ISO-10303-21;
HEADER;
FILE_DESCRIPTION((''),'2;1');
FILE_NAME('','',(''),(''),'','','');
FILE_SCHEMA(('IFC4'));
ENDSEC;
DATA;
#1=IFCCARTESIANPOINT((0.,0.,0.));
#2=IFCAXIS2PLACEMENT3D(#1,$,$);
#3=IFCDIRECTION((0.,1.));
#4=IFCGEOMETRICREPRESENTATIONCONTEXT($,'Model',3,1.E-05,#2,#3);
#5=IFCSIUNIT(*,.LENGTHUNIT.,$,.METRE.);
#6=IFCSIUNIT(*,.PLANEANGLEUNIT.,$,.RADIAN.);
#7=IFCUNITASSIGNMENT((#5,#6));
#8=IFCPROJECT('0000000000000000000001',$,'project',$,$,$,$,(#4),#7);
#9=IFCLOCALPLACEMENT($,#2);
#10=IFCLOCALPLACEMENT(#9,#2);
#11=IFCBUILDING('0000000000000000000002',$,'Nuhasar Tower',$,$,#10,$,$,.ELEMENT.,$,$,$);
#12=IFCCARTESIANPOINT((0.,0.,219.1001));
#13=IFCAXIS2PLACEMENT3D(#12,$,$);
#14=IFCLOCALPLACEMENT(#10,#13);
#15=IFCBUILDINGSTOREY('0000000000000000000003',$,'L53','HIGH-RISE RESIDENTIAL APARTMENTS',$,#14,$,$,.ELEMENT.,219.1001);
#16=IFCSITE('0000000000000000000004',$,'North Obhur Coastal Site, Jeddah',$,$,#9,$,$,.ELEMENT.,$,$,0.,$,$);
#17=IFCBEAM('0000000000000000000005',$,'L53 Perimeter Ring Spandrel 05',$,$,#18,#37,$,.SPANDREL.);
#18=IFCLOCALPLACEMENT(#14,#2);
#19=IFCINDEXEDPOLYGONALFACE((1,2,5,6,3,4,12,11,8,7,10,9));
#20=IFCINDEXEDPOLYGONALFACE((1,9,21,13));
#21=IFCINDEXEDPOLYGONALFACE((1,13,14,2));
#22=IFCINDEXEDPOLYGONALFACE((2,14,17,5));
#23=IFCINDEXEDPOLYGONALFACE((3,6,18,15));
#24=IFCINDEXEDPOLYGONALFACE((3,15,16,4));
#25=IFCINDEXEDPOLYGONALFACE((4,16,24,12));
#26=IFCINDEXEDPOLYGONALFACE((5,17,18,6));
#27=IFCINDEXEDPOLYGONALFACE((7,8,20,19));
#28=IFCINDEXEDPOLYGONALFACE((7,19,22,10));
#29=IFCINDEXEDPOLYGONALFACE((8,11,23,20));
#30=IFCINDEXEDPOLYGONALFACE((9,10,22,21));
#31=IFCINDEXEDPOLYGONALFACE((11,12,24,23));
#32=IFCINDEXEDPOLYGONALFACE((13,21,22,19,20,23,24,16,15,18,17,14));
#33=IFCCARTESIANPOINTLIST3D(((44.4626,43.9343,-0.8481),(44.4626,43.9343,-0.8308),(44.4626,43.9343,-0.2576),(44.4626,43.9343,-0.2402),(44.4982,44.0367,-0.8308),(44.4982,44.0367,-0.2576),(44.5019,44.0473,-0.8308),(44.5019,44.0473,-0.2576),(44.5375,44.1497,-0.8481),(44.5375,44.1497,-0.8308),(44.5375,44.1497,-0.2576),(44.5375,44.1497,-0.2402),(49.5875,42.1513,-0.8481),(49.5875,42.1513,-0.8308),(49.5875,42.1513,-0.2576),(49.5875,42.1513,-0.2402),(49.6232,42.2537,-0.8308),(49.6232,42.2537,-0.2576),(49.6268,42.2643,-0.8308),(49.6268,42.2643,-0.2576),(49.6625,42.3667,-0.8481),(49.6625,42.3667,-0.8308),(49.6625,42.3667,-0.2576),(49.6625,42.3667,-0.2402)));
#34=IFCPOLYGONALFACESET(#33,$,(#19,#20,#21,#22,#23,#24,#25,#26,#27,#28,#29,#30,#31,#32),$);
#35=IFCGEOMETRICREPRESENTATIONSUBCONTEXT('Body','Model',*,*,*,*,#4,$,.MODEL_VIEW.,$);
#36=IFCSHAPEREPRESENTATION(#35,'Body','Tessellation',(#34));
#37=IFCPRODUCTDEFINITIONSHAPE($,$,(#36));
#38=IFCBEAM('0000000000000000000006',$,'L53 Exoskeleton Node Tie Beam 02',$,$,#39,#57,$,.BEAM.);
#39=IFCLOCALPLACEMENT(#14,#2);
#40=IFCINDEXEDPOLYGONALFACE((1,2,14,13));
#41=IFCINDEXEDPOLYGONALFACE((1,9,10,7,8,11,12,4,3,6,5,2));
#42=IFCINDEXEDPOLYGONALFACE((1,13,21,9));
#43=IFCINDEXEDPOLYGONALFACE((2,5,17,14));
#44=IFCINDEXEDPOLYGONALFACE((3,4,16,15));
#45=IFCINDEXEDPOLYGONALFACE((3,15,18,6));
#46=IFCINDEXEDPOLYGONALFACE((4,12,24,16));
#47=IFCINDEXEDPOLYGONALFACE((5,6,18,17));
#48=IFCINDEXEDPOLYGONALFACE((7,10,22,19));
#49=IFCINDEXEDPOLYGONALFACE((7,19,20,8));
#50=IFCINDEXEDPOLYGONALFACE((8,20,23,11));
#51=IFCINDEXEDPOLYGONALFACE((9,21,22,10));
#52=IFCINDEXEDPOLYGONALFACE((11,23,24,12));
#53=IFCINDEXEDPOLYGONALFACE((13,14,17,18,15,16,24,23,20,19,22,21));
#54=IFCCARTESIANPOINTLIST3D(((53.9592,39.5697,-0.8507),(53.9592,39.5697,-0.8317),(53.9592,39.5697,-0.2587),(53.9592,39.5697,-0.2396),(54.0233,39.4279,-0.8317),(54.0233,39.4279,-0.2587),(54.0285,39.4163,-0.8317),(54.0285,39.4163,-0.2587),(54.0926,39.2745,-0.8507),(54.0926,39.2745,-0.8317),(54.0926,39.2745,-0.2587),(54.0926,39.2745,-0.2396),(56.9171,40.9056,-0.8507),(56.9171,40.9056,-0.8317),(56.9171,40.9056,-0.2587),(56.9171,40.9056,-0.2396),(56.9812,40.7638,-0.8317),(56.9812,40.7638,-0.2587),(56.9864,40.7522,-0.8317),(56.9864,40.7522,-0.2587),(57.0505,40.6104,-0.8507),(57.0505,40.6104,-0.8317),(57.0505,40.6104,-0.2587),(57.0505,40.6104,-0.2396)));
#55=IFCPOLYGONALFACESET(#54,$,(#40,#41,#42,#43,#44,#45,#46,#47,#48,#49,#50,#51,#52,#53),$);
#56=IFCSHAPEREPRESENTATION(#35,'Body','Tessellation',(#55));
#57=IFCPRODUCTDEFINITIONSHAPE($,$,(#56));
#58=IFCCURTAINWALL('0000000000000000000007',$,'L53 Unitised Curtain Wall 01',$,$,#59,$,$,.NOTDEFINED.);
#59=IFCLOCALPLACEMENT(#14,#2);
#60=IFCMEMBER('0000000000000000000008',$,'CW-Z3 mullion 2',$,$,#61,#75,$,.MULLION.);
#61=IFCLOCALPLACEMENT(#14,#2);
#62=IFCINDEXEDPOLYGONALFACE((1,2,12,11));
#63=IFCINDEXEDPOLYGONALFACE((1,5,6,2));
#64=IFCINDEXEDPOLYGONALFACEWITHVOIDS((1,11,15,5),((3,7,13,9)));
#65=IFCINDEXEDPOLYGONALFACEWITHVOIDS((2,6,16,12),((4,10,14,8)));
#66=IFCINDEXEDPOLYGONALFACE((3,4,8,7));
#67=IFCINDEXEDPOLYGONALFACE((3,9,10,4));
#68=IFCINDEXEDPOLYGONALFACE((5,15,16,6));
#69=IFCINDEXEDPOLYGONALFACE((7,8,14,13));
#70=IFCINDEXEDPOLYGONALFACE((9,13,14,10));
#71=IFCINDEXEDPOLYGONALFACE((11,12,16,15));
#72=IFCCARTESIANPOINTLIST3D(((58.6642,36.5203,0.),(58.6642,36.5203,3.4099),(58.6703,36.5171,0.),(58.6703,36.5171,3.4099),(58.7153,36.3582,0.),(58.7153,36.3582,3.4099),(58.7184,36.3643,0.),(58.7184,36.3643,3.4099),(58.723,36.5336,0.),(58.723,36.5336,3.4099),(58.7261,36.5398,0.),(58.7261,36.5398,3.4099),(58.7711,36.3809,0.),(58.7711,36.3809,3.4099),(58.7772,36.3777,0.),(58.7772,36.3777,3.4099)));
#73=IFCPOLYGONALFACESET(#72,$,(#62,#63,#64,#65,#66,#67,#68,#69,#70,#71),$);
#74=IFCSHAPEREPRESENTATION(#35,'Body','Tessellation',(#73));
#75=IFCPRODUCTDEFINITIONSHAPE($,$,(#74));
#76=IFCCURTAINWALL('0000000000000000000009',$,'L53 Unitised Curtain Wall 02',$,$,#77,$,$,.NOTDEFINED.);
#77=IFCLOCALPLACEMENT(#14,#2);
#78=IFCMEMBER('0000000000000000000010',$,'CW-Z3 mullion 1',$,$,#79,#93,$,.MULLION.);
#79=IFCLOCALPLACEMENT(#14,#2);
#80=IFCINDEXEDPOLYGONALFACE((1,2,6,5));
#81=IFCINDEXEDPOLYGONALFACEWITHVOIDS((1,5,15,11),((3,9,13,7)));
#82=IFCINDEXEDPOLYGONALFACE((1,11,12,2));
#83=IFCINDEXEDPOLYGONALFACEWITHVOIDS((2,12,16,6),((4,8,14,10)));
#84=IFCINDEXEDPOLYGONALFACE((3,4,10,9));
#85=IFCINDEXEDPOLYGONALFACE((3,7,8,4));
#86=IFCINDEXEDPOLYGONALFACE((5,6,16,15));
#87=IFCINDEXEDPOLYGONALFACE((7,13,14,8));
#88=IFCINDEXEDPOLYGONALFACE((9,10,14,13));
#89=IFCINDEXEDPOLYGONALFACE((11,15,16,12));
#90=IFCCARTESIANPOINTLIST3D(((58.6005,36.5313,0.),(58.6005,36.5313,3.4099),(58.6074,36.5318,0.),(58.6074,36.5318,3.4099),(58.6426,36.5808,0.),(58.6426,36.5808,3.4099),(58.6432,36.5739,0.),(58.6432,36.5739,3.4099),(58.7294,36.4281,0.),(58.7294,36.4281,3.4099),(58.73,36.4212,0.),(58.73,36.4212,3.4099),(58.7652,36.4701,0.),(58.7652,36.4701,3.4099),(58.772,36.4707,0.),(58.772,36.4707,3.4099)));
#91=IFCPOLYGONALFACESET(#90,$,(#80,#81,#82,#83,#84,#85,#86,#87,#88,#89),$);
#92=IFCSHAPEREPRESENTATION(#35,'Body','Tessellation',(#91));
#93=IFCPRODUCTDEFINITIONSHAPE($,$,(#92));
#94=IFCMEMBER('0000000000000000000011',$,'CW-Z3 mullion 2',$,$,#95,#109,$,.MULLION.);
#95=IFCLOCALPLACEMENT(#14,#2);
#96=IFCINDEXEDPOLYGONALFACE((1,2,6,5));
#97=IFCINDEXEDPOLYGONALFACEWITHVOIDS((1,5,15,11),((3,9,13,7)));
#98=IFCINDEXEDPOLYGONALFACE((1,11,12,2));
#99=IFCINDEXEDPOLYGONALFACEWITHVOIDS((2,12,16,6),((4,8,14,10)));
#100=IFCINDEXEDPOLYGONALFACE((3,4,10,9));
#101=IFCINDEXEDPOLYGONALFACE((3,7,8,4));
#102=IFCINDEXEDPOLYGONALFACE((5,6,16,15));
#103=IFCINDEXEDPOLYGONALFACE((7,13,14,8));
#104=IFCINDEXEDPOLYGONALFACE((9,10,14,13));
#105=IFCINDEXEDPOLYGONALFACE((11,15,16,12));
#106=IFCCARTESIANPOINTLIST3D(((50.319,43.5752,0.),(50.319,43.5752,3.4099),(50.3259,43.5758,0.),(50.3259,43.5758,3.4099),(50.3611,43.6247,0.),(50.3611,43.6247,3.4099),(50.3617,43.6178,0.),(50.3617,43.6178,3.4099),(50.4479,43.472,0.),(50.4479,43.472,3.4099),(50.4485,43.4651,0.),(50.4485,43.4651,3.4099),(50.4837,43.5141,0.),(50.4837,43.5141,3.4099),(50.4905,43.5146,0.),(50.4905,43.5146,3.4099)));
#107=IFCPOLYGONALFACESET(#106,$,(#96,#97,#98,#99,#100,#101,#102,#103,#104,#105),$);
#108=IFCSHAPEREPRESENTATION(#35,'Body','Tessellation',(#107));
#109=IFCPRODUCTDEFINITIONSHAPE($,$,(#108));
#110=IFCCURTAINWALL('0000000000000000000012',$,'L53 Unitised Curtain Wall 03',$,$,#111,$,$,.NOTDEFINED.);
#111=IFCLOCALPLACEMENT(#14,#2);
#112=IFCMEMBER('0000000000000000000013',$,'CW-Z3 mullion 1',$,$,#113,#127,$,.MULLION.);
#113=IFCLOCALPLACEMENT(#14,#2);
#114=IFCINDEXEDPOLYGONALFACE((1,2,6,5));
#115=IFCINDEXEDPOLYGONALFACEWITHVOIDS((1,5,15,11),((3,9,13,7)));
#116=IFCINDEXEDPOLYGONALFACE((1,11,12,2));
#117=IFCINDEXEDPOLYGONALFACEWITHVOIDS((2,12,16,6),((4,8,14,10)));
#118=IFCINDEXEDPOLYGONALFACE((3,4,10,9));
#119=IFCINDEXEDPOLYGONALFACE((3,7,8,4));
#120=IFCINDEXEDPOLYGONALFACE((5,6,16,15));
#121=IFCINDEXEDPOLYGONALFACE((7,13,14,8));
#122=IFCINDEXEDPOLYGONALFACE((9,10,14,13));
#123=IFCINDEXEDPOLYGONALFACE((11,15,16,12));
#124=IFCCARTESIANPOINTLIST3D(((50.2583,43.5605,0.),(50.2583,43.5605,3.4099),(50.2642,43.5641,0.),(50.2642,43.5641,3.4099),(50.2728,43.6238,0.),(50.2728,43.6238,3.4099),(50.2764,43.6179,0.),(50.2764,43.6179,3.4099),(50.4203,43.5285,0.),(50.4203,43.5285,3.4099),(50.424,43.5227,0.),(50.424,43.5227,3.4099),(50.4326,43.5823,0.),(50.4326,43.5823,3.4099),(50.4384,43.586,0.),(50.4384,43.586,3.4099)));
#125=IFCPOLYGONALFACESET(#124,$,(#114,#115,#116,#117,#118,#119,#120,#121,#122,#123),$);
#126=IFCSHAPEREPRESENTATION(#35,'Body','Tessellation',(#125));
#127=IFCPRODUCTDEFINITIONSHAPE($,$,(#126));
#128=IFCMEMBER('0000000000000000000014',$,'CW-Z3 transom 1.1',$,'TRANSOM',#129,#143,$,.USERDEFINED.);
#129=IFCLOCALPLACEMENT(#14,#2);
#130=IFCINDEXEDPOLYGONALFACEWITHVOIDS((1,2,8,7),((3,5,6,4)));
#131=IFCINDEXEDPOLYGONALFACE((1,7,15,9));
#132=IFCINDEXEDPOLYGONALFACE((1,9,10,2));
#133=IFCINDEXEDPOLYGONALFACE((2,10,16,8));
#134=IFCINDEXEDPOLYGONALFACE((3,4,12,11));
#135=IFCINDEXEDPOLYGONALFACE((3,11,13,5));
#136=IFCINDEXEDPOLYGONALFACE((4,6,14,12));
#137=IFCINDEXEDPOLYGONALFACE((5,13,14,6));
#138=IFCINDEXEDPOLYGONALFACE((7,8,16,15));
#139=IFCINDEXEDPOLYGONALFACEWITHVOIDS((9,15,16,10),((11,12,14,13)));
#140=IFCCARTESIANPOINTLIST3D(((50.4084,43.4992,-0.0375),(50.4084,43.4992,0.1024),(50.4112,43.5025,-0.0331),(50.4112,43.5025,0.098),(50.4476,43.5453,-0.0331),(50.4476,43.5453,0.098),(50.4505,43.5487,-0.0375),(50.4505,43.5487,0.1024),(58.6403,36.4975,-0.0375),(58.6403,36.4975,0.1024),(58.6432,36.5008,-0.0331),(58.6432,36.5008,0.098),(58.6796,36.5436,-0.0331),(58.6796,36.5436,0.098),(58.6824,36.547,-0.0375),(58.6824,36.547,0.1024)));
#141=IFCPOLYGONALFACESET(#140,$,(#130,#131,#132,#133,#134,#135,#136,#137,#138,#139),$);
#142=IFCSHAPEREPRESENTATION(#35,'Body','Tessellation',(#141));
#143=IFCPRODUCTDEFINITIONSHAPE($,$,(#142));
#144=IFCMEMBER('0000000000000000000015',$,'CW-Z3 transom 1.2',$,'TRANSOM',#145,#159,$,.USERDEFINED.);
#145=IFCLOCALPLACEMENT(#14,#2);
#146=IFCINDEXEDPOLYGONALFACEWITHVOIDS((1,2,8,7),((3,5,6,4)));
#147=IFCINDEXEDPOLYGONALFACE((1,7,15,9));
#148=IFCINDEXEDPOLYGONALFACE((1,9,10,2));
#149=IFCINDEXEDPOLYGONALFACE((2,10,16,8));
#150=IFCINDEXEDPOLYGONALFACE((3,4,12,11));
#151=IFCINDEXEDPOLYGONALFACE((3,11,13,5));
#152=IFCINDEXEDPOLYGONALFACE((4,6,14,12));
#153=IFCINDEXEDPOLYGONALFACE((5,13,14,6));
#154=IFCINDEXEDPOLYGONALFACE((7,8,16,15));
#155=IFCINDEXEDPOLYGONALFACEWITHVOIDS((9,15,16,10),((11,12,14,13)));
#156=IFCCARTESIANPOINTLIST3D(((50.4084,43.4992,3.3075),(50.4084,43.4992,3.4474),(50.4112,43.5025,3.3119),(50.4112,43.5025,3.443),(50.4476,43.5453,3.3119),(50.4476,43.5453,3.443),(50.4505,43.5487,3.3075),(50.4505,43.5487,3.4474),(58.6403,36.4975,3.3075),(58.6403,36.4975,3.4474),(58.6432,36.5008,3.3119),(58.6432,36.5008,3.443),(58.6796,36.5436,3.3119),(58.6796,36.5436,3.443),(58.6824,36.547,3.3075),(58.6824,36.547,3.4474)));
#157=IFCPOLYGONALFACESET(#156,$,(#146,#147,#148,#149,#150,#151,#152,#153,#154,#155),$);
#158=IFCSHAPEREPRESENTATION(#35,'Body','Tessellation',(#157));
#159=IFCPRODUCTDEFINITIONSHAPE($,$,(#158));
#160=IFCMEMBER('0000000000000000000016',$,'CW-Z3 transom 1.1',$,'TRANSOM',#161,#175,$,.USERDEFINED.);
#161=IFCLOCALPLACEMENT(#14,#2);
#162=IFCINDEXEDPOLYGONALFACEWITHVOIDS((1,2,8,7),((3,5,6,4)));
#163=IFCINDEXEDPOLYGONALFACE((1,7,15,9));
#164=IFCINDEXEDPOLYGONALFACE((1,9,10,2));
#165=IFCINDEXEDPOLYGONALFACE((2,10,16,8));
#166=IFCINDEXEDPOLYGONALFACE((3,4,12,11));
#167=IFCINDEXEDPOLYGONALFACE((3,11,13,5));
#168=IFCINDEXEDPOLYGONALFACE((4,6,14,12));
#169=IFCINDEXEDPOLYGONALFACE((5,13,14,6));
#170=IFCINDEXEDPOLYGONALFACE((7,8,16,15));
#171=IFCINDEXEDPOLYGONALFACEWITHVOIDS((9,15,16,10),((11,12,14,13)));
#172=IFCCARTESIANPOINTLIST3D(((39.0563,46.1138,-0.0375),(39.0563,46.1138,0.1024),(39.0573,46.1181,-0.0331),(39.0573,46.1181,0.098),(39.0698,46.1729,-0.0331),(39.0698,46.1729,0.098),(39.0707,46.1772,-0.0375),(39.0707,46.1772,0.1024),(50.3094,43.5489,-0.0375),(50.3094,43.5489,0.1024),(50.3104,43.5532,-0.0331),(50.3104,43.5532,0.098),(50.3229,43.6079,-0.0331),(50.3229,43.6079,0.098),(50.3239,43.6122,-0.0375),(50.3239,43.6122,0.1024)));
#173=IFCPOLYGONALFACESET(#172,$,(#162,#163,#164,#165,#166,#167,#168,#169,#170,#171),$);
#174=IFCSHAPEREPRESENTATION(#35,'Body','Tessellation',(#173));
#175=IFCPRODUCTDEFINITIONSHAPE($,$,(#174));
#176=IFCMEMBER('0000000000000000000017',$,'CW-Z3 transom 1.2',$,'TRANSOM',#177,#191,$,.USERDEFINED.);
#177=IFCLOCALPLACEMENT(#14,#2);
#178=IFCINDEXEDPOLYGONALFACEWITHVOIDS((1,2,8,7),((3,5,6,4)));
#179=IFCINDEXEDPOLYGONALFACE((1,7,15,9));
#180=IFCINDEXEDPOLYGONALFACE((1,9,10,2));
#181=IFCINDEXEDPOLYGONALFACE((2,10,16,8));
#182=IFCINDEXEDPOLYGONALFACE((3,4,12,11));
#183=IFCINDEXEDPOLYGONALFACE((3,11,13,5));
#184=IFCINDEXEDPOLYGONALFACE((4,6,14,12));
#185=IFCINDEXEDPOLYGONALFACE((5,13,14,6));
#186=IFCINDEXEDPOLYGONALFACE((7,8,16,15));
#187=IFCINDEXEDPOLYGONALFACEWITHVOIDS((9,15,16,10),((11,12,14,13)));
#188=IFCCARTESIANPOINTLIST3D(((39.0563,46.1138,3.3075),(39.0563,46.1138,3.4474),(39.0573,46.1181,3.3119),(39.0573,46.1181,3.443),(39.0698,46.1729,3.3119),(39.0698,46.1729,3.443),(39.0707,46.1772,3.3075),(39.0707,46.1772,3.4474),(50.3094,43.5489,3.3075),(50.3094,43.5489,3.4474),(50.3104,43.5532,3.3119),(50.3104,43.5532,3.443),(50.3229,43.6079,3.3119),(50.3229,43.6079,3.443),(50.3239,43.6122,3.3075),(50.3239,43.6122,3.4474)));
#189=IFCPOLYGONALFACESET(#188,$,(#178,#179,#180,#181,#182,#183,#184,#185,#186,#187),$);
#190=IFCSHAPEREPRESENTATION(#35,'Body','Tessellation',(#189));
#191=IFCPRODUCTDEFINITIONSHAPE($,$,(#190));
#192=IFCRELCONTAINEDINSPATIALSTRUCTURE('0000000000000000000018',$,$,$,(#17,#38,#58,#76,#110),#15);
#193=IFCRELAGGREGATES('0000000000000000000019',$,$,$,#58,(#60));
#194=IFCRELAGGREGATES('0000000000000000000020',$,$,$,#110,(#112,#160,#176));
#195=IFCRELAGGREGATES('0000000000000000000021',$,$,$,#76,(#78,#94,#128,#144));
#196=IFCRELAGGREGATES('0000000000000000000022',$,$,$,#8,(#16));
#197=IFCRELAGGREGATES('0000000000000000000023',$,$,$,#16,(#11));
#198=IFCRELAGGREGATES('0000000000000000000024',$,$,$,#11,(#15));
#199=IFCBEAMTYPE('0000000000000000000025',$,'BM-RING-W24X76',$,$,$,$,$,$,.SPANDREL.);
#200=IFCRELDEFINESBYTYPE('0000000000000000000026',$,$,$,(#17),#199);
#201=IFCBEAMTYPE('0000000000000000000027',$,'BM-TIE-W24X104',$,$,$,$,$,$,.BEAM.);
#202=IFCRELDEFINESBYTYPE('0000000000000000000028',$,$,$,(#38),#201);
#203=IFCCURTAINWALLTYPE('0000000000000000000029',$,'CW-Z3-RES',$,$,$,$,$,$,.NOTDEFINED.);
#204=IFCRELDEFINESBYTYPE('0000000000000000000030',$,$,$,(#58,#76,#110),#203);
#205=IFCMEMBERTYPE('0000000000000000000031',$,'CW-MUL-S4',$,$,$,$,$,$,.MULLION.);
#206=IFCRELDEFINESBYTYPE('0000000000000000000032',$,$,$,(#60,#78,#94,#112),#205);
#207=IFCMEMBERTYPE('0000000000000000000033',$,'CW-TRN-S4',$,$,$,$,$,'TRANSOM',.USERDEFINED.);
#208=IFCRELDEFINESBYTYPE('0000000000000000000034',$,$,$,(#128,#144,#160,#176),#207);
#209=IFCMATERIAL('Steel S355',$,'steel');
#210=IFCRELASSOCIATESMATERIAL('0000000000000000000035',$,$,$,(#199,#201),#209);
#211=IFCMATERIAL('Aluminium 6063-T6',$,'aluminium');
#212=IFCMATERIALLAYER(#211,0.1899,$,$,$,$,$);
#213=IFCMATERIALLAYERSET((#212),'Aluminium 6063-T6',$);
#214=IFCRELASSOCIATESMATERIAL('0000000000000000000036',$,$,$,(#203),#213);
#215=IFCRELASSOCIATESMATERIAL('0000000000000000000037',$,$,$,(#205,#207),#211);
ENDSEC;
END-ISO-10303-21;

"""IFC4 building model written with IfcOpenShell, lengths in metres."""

from ifc_helpers import new_model, si_unit, direction, frame, origin, origin_2d, place, context, subcontext, project, spatial, hollow_rectangle, i_section, extrude, material, layer, layer_set, material_profile, profile_set, type_object, element, aggregate, save


model = new_model("IFC4")

# Units and contexts
model_context = context("Model", 3, precision=1e-05, world=origin(), true_north=direction((0.0, 1.0)))
body_context = subcontext(model_context, "Body", "Model", "MODEL_VIEW")
ifc_project = project(units=[si_unit("LENGTHUNIT", "METRE"), si_unit("PLANEANGLEUNIT", "RADIAN")], contexts=[model_context])

# Site, building, storey
site_placement = place(None, origin())
site = spatial("IfcSite", under=ifc_project, at=site_placement, Name="North Obhur Coastal Site, Jeddah", CompositionType="ELEMENT", RefElevation=0.0)
building_placement = place(site_placement, origin())
building = spatial("IfcBuilding", under=site, at=building_placement, Name="Nuhasar Tower", CompositionType="ELEMENT")
storey_placement = place(building_placement, frame((0.0, 0.0, 219.1001)))
storey = spatial("IfcBuildingStorey", under=building, at=storey_placement, Name="L53", Description="HIGH-RISE RESIDENTIAL APARTMENTS", CompositionType="ELEMENT", Elevation=219.1001)

# Beams
ifc_material_1 = material(Name="Steel S355", Category="steel")
ifc_material_profile_1 = material_profile(ifc_material_1, i_section(OverallWidth=0.228, OverallDepth=0.6079, WebThickness=0.0112, FlangeThickness=0.0173, at=origin_2d()), Name="W24X76")
ifc_profile_set_1 = profile_set([ifc_material_profile_1], Name="Steel S355")
beam_type_1 = type_object("IfcBeamType", Name="BM-RING-W24X76", PredefinedType="SPANDREL", material=ifc_profile_set_1)
beam_1_placement = place(storey_placement, frame((49.625, 42.259, -0.5442), z_axis=(-0.944477, 0.328578, 0.0), x_axis=(-0.328578, -0.944477, 0.0)))
element("IfcBeam", 1, at=beam_1_placement, inside=storey, type_object=beam_type_1, Name="L53 Perimeter Ring Spandrel 05", PredefinedType="SPANDREL", context=body_context, shape_type="SweptSolid", body=[
    extrude(i_section(OverallWidth=0.228, OverallDepth=0.6079, WebThickness=0.0112, FlangeThickness=0.0173, at=origin_2d()), origin(), (0.0, 0.0, 1.0), 5.4263),
])
ifc_material_profile_2 = material_profile(ifc_material_1, i_section(OverallWidth=0.324, OverallDepth=0.6111, WebThickness=0.0127, FlangeThickness=0.019, at=origin_2d()), Name="W24X104")
ifc_profile_set_2 = profile_set([ifc_material_profile_2], Name="Steel S355")
beam_type_2 = type_object("IfcBeamType", Name="BM-TIE-W24X104", PredefinedType="BEAM", material=ifc_profile_set_2)
beam_2_placement = place(storey_placement, frame((54.0259, 39.4221, -0.5452), z_axis=(0.911363, 0.411603, 0.0), x_axis=(-0.411603, 0.911363, 0.0)))
element("IfcBeam", 2, at=beam_2_placement, inside=storey, type_object=beam_type_2, Name="L53 Exoskeleton Node Tie Beam 02", PredefinedType="BEAM", context=body_context, shape_type="SweptSolid", body=[
    extrude(i_section(OverallWidth=0.324, OverallDepth=0.6111, WebThickness=0.0127, FlangeThickness=0.019, at=origin_2d()), origin(), (0.0, 0.0, 1.0), 3.2456),
])

# Curtain wall, member
ifc_material_2 = material(Name="Aluminium 6063-T6", Category="aluminium")
ifc_layer_1 = layer(ifc_material_2, 0.1899)
ifc_layer_set_1 = layer_set([ifc_layer_1], Name="Aluminium 6063-T6")
curtain_wall_type = type_object("IfcCurtainWallType", Name="CW-Z3-RES", PredefinedType="NOTDEFINED", material=ifc_layer_set_1)
curtain_wall_1_placement = place(storey_placement, origin())
curtain_wall_1 = element("IfcCurtainWall", 3, at=curtain_wall_1_placement, inside=storey, type_object=curtain_wall_type, Name="L53 Unitised Curtain Wall 01", PredefinedType="NOTDEFINED")
ifc_material_profile_3 = material_profile(ifc_material_2, hollow_rectangle(XDim=0.0649, YDim=0.1699, WallThickness=0.0049, at=origin_2d()), Name="CWM-4")
ifc_profile_set_3 = profile_set([ifc_material_profile_3], Name="Aluminium 6063-T6")
member_type_1 = type_object("IfcMemberType", Name="CW-MUL-S4", PredefinedType="MULLION", material=ifc_profile_set_3)
member_1_placement = place(storey_placement, frame((58.7207, 36.449, 0.0), z_axis=(0.0, 0.0, 1.0), x_axis=(-0.953804, -0.300429, 0.0)))
member_1 = element("IfcMember", 4, at=member_1_placement, type_object=member_type_1, Name="CW-Z3 mullion 2", PredefinedType="MULLION", context=body_context, shape_type="SweptSolid", body=[
    extrude(hollow_rectangle(XDim=0.0649, YDim=0.1699, WallThickness=0.0049, at=origin_2d()), origin(), (0.0, 0.0, 1.0), 3.4099),
])
aggregate(curtain_wall_1, [member_1])

# Curtain wall, members
curtain_wall_2_placement = place(storey_placement, origin())
curtain_wall_2 = element("IfcCurtainWall", 5, at=curtain_wall_2_placement, inside=storey, type_object=curtain_wall_type, Name="L53 Unitised Curtain Wall 02", PredefinedType="NOTDEFINED")
member_2_placement = place(storey_placement, frame((58.6863, 36.501, 0.0), z_axis=(0.0, 0.0, 1.0), x_axis=(-0.647895, -0.761729, 0.0)))
member_2 = element("IfcMember", 6, at=member_2_placement, type_object=member_type_1, Name="CW-Z3 mullion 1", PredefinedType="MULLION", context=body_context, shape_type="SweptSolid", body=[
    extrude(hollow_rectangle(XDim=0.0649, YDim=0.1699, WallThickness=0.0049, at=origin_2d()), origin(), (0.0, 0.0, 1.0), 3.4099),
])
member_3_placement = place(storey_placement, frame((50.4048, 43.5449, 0.0), z_axis=(0.0, 0.0, 1.0), x_axis=(-0.647895, -0.761729, 0.0)))
member_3 = element("IfcMember", 7, at=member_3_placement, type_object=member_type_1, Name="CW-Z3 mullion 2", PredefinedType="MULLION", context=body_context, shape_type="SweptSolid", body=[
    extrude(hollow_rectangle(XDim=0.0649, YDim=0.1699, WallThickness=0.0049, at=origin_2d()), origin(), (0.0, 0.0, 1.0), 3.4099),
])

# Curtain wall, member
curtain_wall_3_placement = place(storey_placement, origin())
curtain_wall_3 = element("IfcCurtainWall", 8, at=curtain_wall_3_placement, inside=storey, type_object=curtain_wall_type, Name="L53 Unitised Curtain Wall 03", PredefinedType="NOTDEFINED")
member_4_placement = place(storey_placement, frame((50.3484, 43.5732, 0.0), z_axis=(0.0, 0.0, 1.0), x_axis=(-0.222243, -0.974991, 0.0)))
member_4 = element("IfcMember", 9, at=member_4_placement, type_object=member_type_1, Name="CW-Z3 mullion 1", PredefinedType="MULLION", context=body_context, shape_type="SweptSolid", body=[
    extrude(hollow_rectangle(XDim=0.0649, YDim=0.1699, WallThickness=0.0049, at=origin_2d()), origin(), (0.0, 0.0, 1.0), 3.4099),
])

# Members
ifc_material_profile_4 = material_profile(ifc_material_2, hollow_rectangle(XDim=0.0649, YDim=0.1399, WallThickness=0.0044, at=origin_2d()), Name="CWT-4")
ifc_profile_set_4 = profile_set([ifc_material_profile_4], Name="Aluminium 6063-T6")
member_type_2 = type_object("IfcMemberType", Name="CW-TRN-S4", ElementType="TRANSOM", PredefinedType="USERDEFINED", material=ifc_profile_set_4)
member_5_placement = place(storey_placement, frame((58.6614, 36.5222, 0.0325), z_axis=(-0.761731, 0.647894, 0.0), x_axis=(-0.647894, -0.761731, 0.0)))
member_5 = element("IfcMember", 10, at=member_5_placement, type_object=member_type_2, Name="CW-Z3 transom 1.1", ObjectType="TRANSOM", PredefinedType="USERDEFINED", context=body_context, shape_type="SweptSolid", body=[
    extrude(hollow_rectangle(XDim=0.0649, YDim=0.1399, WallThickness=0.0044, at=origin_2d()), origin(), (0.0, 0.0, 1.0), 10.8069),
])
member_6_placement = place(storey_placement, frame((58.6614, 36.5222, 3.3774), z_axis=(-0.761731, 0.647894, 0.0), x_axis=(-0.647894, -0.761731, 0.0)))
member_6 = element("IfcMember", 11, at=member_6_placement, type_object=member_type_2, Name="CW-Z3 transom 1.2", ObjectType="TRANSOM", PredefinedType="USERDEFINED", context=body_context, shape_type="SweptSolid", body=[
    extrude(hollow_rectangle(XDim=0.0649, YDim=0.1399, WallThickness=0.0044, at=origin_2d()), origin(), (0.0, 0.0, 1.0), 10.8069),
])
member_7_placement = place(storey_placement, frame((50.3167, 43.5806, 0.0325), z_axis=(-0.974994, 0.222231, 0.0), x_axis=(-0.222231, -0.974994, 0.0)))
member_7 = element("IfcMember", 12, at=member_7_placement, type_object=member_type_2, Name="CW-Z3 transom 1.1", ObjectType="TRANSOM", PredefinedType="USERDEFINED", context=body_context, shape_type="SweptSolid", body=[
    extrude(hollow_rectangle(XDim=0.0649, YDim=0.1399, WallThickness=0.0044, at=origin_2d()), origin(), (0.0, 0.0, 1.0), 11.5417),
])
member_8_placement = place(storey_placement, frame((50.3167, 43.5806, 3.3774), z_axis=(-0.974994, 0.222231, 0.0), x_axis=(-0.222231, -0.974994, 0.0)))
member_8 = element("IfcMember", 13, at=member_8_placement, type_object=member_type_2, Name="CW-Z3 transom 1.2", ObjectType="TRANSOM", PredefinedType="USERDEFINED", context=body_context, shape_type="SweptSolid", body=[
    extrude(hollow_rectangle(XDim=0.0649, YDim=0.1399, WallThickness=0.0044, at=origin_2d()), origin(), (0.0, 0.0, 1.0), 11.5417),
])
aggregate(curtain_wall_3, [member_4, member_7, member_8])

aggregate(curtain_wall_2, [member_2, member_3, member_5, member_6])

save(model, "model.ifc")
